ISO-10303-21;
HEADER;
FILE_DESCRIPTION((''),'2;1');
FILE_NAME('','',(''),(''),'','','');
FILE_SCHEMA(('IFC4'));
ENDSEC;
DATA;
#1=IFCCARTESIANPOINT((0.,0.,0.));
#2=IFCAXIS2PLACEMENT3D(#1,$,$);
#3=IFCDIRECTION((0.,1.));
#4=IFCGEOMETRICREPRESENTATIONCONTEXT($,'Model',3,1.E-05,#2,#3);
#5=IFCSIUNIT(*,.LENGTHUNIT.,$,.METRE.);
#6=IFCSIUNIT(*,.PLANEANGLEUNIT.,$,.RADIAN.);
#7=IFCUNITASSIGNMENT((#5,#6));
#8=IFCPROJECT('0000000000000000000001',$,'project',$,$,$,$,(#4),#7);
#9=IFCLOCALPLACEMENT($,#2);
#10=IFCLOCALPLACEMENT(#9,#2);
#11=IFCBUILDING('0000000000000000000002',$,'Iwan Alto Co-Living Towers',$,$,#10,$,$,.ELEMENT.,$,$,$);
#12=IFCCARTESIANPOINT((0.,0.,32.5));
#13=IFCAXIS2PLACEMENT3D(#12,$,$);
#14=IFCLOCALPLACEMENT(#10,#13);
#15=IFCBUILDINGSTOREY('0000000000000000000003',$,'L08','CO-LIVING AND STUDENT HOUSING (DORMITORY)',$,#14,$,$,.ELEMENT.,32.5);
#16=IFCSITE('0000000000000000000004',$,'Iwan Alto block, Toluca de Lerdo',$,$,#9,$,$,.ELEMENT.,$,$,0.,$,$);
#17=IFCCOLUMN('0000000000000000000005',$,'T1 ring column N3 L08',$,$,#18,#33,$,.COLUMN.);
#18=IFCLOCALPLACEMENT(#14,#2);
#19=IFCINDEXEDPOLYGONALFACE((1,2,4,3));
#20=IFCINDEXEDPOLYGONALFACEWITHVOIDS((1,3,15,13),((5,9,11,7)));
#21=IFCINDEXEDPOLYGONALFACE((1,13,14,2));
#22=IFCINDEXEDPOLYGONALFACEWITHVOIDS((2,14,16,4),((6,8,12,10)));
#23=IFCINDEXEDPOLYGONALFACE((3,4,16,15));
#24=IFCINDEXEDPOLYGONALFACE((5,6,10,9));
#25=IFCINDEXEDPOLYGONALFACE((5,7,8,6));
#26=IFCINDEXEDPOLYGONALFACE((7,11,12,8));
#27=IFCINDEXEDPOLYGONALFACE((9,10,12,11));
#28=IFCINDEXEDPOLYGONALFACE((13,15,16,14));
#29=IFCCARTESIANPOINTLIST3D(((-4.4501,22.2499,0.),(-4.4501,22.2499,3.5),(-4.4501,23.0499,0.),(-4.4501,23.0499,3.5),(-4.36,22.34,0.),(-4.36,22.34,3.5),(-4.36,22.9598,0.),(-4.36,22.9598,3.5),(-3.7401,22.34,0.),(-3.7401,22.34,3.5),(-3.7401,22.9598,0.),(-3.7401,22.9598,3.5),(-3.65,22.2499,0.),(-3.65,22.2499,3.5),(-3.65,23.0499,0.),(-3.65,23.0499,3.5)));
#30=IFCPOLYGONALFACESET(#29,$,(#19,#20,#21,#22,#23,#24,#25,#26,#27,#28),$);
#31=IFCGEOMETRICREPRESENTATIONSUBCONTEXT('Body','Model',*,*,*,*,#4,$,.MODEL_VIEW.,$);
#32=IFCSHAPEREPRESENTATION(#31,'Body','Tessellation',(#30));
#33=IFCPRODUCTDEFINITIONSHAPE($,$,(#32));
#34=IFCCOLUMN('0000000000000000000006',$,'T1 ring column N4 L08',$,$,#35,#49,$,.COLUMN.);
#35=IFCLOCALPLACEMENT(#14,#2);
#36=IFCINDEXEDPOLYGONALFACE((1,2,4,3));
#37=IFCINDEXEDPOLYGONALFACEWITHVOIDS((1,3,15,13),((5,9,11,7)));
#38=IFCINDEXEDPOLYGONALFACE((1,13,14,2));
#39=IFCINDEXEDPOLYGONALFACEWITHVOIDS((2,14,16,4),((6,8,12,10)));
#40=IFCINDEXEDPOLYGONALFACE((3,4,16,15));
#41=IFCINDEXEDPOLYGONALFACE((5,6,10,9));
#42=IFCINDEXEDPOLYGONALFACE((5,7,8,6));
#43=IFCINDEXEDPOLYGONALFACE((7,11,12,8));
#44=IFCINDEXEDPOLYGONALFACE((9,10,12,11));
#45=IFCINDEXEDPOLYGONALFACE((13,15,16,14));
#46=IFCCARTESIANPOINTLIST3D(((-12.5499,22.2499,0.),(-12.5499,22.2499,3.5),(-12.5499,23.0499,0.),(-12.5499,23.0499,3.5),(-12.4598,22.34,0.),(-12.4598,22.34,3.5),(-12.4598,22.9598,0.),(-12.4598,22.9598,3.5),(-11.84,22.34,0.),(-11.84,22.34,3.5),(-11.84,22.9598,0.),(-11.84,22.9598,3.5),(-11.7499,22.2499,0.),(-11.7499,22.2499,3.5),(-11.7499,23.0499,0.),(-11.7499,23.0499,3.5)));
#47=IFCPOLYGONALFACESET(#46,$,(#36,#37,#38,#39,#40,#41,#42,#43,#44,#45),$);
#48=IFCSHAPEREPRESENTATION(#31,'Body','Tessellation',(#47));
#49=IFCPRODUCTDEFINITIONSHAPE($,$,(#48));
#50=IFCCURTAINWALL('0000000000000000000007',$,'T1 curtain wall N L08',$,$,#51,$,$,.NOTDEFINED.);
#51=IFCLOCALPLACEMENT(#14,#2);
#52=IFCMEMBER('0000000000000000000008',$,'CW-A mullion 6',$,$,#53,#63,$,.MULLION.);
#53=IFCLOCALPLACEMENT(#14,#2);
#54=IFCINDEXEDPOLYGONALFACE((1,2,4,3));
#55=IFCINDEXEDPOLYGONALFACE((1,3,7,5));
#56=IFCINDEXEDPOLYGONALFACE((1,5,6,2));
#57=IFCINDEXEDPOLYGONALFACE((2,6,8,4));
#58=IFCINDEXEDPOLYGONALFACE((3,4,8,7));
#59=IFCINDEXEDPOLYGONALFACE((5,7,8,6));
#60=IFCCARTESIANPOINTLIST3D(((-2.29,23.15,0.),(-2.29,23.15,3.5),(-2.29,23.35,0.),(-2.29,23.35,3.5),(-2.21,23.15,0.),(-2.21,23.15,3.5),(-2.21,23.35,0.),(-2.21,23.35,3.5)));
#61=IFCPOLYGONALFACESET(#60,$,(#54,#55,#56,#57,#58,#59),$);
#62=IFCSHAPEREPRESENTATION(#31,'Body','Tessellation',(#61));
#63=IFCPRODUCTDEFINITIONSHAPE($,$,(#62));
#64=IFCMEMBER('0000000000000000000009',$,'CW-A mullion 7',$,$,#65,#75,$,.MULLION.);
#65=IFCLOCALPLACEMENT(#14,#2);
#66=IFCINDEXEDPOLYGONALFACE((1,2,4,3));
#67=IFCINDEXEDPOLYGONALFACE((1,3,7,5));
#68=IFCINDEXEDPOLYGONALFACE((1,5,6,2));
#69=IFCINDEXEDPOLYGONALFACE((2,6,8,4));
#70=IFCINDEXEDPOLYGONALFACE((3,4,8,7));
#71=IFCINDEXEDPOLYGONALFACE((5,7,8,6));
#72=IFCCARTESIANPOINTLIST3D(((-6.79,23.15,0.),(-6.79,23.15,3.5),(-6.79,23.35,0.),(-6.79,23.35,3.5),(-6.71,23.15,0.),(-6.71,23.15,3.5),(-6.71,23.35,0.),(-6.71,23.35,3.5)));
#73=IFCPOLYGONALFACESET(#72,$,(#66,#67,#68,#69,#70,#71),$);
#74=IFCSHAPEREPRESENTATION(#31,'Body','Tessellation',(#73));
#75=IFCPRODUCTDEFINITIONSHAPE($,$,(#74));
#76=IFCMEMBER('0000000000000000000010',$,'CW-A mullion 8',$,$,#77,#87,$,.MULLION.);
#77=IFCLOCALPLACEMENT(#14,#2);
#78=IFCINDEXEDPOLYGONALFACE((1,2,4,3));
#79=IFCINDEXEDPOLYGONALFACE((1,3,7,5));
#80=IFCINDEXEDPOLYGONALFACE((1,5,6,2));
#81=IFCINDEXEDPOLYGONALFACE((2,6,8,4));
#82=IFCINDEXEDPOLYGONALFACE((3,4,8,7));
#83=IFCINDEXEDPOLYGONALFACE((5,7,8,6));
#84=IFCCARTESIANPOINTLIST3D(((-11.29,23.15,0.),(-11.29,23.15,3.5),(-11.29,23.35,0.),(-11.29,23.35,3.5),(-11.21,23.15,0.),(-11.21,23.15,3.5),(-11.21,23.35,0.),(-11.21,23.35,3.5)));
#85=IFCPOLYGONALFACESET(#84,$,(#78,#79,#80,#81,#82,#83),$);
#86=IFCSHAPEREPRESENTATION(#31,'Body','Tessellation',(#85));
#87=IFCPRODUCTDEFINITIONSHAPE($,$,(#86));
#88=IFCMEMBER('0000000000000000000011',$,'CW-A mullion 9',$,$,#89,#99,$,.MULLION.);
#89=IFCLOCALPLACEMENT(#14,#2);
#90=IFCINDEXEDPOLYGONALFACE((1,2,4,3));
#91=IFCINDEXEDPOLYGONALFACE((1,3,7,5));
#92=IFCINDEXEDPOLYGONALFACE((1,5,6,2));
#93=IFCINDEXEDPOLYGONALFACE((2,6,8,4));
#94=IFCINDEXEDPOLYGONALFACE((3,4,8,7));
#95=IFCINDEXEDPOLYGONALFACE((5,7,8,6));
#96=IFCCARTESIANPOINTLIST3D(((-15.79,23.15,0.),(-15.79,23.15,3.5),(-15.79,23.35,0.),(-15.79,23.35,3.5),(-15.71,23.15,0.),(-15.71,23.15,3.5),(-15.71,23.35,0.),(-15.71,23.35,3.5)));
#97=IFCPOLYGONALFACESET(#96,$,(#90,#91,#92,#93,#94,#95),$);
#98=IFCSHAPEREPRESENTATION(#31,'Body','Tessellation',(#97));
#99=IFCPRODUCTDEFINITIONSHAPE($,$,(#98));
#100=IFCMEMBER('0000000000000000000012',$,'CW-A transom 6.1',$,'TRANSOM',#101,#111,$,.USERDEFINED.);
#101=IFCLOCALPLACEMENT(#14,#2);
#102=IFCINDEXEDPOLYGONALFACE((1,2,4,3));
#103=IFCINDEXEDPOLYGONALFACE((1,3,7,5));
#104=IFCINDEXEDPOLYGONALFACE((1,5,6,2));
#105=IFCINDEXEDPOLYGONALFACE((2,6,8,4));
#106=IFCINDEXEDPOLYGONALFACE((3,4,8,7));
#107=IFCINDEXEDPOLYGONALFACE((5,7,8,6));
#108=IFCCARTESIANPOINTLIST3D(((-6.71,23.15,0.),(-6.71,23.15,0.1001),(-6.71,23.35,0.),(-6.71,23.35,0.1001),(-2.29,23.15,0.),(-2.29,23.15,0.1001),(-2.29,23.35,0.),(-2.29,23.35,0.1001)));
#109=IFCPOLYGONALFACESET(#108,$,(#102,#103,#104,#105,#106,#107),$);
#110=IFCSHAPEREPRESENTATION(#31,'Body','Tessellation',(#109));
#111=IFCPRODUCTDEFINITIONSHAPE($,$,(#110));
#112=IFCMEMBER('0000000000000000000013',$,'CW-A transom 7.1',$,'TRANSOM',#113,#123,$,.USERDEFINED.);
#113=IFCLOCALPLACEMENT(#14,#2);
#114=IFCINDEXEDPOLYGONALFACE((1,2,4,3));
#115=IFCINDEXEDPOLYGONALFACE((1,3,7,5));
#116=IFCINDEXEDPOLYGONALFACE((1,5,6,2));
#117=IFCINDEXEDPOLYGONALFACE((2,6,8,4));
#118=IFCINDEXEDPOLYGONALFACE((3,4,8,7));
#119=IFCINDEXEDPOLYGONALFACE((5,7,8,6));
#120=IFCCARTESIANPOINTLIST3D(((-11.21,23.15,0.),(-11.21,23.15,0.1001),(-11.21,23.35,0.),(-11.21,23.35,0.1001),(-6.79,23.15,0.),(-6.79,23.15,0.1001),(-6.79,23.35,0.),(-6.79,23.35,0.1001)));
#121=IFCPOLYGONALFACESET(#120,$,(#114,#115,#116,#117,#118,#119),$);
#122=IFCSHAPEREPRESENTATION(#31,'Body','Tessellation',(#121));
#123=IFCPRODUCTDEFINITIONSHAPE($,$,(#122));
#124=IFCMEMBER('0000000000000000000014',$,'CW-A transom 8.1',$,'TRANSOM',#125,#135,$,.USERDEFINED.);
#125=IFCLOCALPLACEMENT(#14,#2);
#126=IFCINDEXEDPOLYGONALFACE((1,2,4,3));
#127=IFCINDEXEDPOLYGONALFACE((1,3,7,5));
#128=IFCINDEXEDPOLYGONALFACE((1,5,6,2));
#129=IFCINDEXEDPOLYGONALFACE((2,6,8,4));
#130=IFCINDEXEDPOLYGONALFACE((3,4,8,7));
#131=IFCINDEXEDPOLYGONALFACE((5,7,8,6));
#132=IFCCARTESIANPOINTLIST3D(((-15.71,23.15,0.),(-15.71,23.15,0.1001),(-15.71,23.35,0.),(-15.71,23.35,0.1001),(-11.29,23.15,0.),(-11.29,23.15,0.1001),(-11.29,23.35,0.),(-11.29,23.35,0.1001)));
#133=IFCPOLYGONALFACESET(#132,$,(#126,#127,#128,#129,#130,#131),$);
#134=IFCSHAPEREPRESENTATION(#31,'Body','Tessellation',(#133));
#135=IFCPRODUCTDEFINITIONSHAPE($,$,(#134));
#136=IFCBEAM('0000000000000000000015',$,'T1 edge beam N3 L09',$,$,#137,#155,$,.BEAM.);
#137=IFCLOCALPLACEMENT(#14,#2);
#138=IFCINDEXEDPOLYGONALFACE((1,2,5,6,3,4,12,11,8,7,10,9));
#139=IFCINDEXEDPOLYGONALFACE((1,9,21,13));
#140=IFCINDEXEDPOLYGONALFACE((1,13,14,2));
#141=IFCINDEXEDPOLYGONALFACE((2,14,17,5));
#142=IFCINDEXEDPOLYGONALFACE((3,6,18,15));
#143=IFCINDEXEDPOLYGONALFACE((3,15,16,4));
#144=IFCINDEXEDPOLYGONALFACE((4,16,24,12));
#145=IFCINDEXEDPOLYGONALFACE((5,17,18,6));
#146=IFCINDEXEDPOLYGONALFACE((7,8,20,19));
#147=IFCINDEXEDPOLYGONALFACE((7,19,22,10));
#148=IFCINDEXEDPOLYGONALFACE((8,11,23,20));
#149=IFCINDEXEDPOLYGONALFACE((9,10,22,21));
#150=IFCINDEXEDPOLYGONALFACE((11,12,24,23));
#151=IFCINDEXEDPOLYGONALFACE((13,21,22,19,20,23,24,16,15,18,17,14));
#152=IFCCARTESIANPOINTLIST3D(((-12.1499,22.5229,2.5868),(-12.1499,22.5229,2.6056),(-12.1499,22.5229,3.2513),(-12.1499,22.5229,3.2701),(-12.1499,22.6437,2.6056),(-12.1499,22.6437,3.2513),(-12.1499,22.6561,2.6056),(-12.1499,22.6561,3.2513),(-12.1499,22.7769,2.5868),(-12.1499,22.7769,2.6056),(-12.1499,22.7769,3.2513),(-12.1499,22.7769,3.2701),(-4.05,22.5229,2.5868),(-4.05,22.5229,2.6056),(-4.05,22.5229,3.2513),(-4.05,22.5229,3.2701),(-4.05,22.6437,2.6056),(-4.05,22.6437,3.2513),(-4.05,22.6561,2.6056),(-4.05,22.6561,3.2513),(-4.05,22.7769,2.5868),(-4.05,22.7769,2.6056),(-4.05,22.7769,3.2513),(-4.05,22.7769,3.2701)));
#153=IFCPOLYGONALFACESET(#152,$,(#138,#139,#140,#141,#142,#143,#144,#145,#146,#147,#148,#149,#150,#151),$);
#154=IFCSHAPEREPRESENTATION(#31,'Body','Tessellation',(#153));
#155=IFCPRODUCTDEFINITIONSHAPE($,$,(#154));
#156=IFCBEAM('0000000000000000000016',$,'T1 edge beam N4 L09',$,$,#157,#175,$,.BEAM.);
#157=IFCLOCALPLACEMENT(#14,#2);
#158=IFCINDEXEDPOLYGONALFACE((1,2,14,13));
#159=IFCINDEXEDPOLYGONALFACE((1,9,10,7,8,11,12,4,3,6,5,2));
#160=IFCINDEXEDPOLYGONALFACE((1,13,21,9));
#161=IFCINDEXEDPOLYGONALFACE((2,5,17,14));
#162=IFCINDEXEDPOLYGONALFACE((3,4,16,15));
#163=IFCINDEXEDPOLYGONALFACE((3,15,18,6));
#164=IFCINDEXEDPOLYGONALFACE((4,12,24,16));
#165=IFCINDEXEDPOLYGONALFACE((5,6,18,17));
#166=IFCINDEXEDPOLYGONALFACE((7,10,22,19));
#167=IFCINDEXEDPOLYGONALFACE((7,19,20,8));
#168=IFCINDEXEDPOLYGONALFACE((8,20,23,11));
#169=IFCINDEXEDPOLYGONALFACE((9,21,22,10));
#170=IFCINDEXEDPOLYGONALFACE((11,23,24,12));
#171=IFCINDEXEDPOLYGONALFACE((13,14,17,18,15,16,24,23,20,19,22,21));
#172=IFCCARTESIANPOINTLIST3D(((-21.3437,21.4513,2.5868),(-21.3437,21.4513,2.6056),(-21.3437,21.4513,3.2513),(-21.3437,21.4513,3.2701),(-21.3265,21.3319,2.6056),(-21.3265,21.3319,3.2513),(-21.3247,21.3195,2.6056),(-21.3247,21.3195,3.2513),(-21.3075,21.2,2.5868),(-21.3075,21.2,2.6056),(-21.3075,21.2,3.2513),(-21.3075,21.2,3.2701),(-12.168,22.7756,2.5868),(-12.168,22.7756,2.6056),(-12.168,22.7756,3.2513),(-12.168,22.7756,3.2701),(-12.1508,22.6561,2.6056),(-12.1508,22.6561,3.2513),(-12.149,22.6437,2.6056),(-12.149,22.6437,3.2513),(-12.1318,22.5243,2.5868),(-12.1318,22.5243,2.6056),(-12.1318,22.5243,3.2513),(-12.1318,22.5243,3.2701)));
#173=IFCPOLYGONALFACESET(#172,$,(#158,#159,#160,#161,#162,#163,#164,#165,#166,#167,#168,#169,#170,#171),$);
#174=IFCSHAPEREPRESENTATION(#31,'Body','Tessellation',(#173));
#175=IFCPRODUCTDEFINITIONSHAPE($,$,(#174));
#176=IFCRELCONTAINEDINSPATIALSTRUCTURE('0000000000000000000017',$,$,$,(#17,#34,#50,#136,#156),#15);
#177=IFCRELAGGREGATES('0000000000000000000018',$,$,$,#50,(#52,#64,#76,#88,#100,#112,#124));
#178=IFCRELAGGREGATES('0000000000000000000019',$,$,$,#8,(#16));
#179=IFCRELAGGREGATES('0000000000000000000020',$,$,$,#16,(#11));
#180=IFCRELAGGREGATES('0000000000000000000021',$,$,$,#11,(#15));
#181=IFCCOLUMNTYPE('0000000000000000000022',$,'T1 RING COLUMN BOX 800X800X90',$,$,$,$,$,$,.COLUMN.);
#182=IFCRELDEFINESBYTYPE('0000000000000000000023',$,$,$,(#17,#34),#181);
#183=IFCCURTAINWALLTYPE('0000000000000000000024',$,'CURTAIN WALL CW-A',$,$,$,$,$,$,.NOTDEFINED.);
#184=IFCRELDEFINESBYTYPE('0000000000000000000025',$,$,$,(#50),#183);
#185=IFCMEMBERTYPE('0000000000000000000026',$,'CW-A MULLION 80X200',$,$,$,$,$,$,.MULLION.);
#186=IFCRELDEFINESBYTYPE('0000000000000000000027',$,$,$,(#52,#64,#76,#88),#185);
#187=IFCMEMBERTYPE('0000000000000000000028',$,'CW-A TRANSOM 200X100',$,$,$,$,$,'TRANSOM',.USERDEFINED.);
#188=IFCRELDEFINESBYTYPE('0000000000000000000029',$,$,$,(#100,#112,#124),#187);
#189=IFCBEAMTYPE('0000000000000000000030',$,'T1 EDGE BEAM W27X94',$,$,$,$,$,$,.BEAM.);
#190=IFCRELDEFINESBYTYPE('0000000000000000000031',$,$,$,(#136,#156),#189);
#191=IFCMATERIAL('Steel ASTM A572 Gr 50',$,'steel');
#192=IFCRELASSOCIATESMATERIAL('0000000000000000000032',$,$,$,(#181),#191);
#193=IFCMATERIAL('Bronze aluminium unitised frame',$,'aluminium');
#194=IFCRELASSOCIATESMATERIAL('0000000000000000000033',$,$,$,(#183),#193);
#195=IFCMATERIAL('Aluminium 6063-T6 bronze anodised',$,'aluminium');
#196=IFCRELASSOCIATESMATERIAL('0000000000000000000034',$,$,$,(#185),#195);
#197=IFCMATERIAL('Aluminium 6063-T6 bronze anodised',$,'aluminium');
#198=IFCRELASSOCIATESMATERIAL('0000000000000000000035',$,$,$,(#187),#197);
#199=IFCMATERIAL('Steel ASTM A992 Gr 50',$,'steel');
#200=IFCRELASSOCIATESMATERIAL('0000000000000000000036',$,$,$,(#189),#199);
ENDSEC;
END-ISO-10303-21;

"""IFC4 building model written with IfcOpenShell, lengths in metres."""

from ifc_helpers import new_model, si_unit, direction, frame, origin, origin_2d, place, context, subcontext, project, spatial, rectangle, hollow_rectangle, i_section, extrude, material, material_profile, profile_set, type_object, element, aggregate, save


model = new_model("IFC4")

# Units and contexts
model_context = context("Model", 3, precision=1e-05, world=origin(), true_north=direction((0.0, 1.0)))
body_context = subcontext(model_context, "Body", "Model", "MODEL_VIEW")
ifc_project = project(units=[si_unit("LENGTHUNIT", "METRE"), si_unit("PLANEANGLEUNIT", "RADIAN")], contexts=[model_context])

# Site, building, storey
site_placement = place(None, origin())
site = spatial("IfcSite", under=ifc_project, at=site_placement, Name="Iwan Alto block, Toluca de Lerdo", CompositionType="ELEMENT", RefElevation=0.0)
building_placement = place(site_placement, origin())
building = spatial("IfcBuilding", under=site, at=building_placement, Name="Iwan Alto Co-Living Towers", CompositionType="ELEMENT")
storey_placement = place(building_placement, frame((0.0, 0.0, 32.5)))
storey = spatial("IfcBuildingStorey", under=building, at=storey_placement, Name="L08", Description="CO-LIVING AND STUDENT HOUSING (DORMITORY)", CompositionType="ELEMENT", Elevation=32.5)

# Columns
ifc_material_1 = material(Name="Steel ASTM A572 Gr 50", Category="steel")
ifc_material_profile_1 = material_profile(ifc_material_1, hollow_rectangle(XDim=0.8, YDim=0.8, WallThickness=0.0901, at=origin_2d()), Name="BOX 800X800X90")
ifc_profile_set_1 = profile_set([ifc_material_profile_1], Name="Steel ASTM A572 Gr 50")
column_type = type_object("IfcColumnType", Name="T1 RING COLUMN BOX 800X800X90", PredefinedType="COLUMN", material=ifc_profile_set_1)
for number, where, z_axis, x_axis, name in (
    (1, (-4.05, 22.6499, 0.0), (0.0, 0.0, 1.0), (1.0, 0.0, 0.0), "T1 ring column N3 L08"),
    (2, (-12.1499, 22.6499, 0.0), (0.0, 0.0, 1.0), (1.0, 0.0, 0.0), "T1 ring column N4 L08"),
):
    element("IfcColumn", number, at=place(storey_placement, frame(where, z_axis=z_axis, x_axis=x_axis)), inside=storey, type_object=column_type, Name=name, PredefinedType="COLUMN", context=body_context, shape_type="SweptSolid", body=[
        extrude(hollow_rectangle(XDim=0.8, YDim=0.8, WallThickness=0.0901, at=origin_2d()), origin(), (0.0, 0.0, 1.0), 3.5),
    ])

# Curtain wall, members
ifc_material_2 = material(Name="Bronze aluminium unitised frame", Category="aluminium")
curtain_wall_type = type_object("IfcCurtainWallType", Name="CURTAIN WALL CW-A", PredefinedType="NOTDEFINED", material=ifc_material_2)
curtain_wall_placement = place(storey_placement, origin())
curtain_wall = element("IfcCurtainWall", 3, at=curtain_wall_placement, inside=storey, type_object=curtain_wall_type, Name="T1 curtain wall N L08", PredefinedType="NOTDEFINED")
ifc_material_3 = material(Name="Aluminium 6063-T6 bronze anodised", Category="aluminium")
ifc_material_profile_2 = material_profile(ifc_material_3, rectangle(XDim=0.2, YDim=0.0801, at=origin_2d()), Name="AL 80X200")
ifc_profile_set_2 = profile_set([ifc_material_profile_2], Name="Aluminium 6063-T6 bronze anodised")
member_type_1 = type_object("IfcMemberType", Name="CW-A MULLION 80X200", PredefinedType="MULLION", material=ifc_profile_set_2)
member_1_placement = place(storey_placement, frame((-2.25, 23.25, 0.0), z_axis=(0.0, 0.0, 1.0), x_axis=(0.0, -1.0, 0.0)))
member_1 = element("IfcMember", 4, at=member_1_placement, type_object=member_type_1, Name="CW-A mullion 6", PredefinedType="MULLION", context=body_context, shape_type="SweptSolid", body=[
    extrude(rectangle(XDim=0.2, YDim=0.0801, at=origin_2d()), origin(), (0.0, 0.0, 1.0), 3.5),
])
member_2_placement = place(storey_placement, frame((-6.75, 23.25, 0.0), z_axis=(0.0, 0.0, 1.0), x_axis=(0.0, -1.0, 0.0)))
member_2 = element("IfcMember", 5, at=member_2_placement, type_object=member_type_1, Name="CW-A mullion 7", PredefinedType="MULLION", context=body_context, shape_type="SweptSolid", body=[
    extrude(rectangle(XDim=0.2, YDim=0.0801, at=origin_2d()), origin(), (0.0, 0.0, 1.0), 3.5),
])
member_3_placement = place(storey_placement, frame((-11.25, 23.25, 0.0), z_axis=(0.0, 0.0, 1.0), x_axis=(0.0, -1.0, 0.0)))
member_3 = element("IfcMember", 6, at=member_3_placement, type_object=member_type_1, Name="CW-A mullion 8", PredefinedType="MULLION", context=body_context, shape_type="SweptSolid", body=[
    extrude(rectangle(XDim=0.2, YDim=0.0801, at=origin_2d()), origin(), (0.0, 0.0, 1.0), 3.5),
])
member_4_placement = place(storey_placement, frame((-15.75, 23.25, 0.0), z_axis=(0.0, 0.0, 1.0), x_axis=(0.0, -1.0, 0.0)))
member_4 = element("IfcMember", 7, at=member_4_placement, type_object=member_type_1, Name="CW-A mullion 9", PredefinedType="MULLION", context=body_context, shape_type="SweptSolid", body=[
    extrude(rectangle(XDim=0.2, YDim=0.0801, at=origin_2d()), origin(), (0.0, 0.0, 1.0), 3.5),
])
ifc_material_4 = material(Name="Aluminium 6063-T6 bronze anodised", Category="aluminium")
ifc_material_profile_3 = material_profile(ifc_material_4, rectangle(XDim=0.2, YDim=0.1001, at=origin_2d()), Name="AL 200X100")
ifc_profile_set_3 = profile_set([ifc_material_profile_3], Name="Aluminium 6063-T6 bronze anodised")
member_type_2 = type_object("IfcMemberType", Name="CW-A TRANSOM 200X100", ElementType="TRANSOM", PredefinedType="USERDEFINED", material=ifc_profile_set_3)
member_5_placement = place(storey_placement, frame((-2.29, 23.25, 0.05), z_axis=(-1.0, 0.0, 0.0), x_axis=(0.0, -1.0, 0.0)))
member_5 = element("IfcMember", 8, at=member_5_placement, type_object=member_type_2, Name="CW-A transom 6.1", ObjectType="TRANSOM", PredefinedType="USERDEFINED", context=body_context, shape_type="SweptSolid", body=[
    extrude(rectangle(XDim=0.2, YDim=0.1001, at=origin_2d()), origin(), (0.0, 0.0, 1.0), 4.4199),
])
member_6_placement = place(storey_placement, frame((-6.79, 23.25, 0.05), z_axis=(-1.0, 0.0, 0.0), x_axis=(0.0, -1.0, 0.0)))
member_6 = element("IfcMember", 9, at=member_6_placement, type_object=member_type_2, Name="CW-A transom 7.1", ObjectType="TRANSOM", PredefinedType="USERDEFINED", context=body_context, shape_type="SweptSolid", body=[
    extrude(rectangle(XDim=0.2, YDim=0.1001, at=origin_2d()), origin(), (0.0, 0.0, 1.0), 4.4199),
])
member_7_placement = place(storey_placement, frame((-11.29, 23.25, 0.05), z_axis=(-1.0, 0.0, 0.0), x_axis=(0.0, -1.0, 0.0)))
member_7 = element("IfcMember", 10, at=member_7_placement, type_object=member_type_2, Name="CW-A transom 8.1", ObjectType="TRANSOM", PredefinedType="USERDEFINED", context=body_context, shape_type="SweptSolid", body=[
    extrude(rectangle(XDim=0.2, YDim=0.1001, at=origin_2d()), origin(), (0.0, 0.0, 1.0), 4.4199),
])

# Beams
ifc_material_5 = material(Name="Steel ASTM A992 Gr 50", Category="steel")
ifc_material_profile_4 = material_profile(ifc_material_5, i_section(OverallWidth=0.2539, OverallDepth=0.6833, WebThickness=0.0125, FlangeThickness=0.0188, at=origin_2d()), Name="W27X94")
ifc_profile_set_4 = profile_set([ifc_material_profile_4], Name="Steel ASTM A992 Gr 50")
beam_type_1 = type_object("IfcBeamType", Name="T1 EDGE BEAM W27X94", PredefinedType="BEAM", material=ifc_profile_set_4)
beam_1_placement = place(storey_placement, frame((-4.05, 22.6499, 2.9285), z_axis=(-1.0, 0.0, 0.0), x_axis=(0.0, -1.0, 0.0)))
element("IfcBeam", 11, at=beam_1_placement, inside=storey, type_object=beam_type_1, Name="T1 edge beam N3 L09", PredefinedType="BEAM", context=body_context, shape_type="SweptSolid", body=[
    extrude(i_section(OverallWidth=0.2539, OverallDepth=0.6833, WebThickness=0.0125, FlangeThickness=0.0188, at=origin_2d()), origin(), (0.0, 0.0, 1.0), 8.0999),
])
beam_2_placement = place(storey_placement, frame((-12.1499, 22.6499, 2.9285), z_axis=(-0.989746, -0.142837, 0.0), x_axis=(0.142837, -0.989746, 0.0)))
element("IfcBeam", 12, at=beam_2_placement, inside=storey, type_object=beam_type_1, Name="T1 edge beam N4 L09", PredefinedType="BEAM", context=body_context, shape_type="SweptSolid", body=[
    extrude(i_section(OverallWidth=0.2539, OverallDepth=0.6833, WebThickness=0.0125, FlangeThickness=0.0188, at=origin_2d()), origin(), (0.0, 0.0, 1.0), 9.2708),
])

aggregate(curtain_wall, [member_1, member_2, member_3, member_4, member_5, member_6, member_7])

save(model, "model.ifc")
